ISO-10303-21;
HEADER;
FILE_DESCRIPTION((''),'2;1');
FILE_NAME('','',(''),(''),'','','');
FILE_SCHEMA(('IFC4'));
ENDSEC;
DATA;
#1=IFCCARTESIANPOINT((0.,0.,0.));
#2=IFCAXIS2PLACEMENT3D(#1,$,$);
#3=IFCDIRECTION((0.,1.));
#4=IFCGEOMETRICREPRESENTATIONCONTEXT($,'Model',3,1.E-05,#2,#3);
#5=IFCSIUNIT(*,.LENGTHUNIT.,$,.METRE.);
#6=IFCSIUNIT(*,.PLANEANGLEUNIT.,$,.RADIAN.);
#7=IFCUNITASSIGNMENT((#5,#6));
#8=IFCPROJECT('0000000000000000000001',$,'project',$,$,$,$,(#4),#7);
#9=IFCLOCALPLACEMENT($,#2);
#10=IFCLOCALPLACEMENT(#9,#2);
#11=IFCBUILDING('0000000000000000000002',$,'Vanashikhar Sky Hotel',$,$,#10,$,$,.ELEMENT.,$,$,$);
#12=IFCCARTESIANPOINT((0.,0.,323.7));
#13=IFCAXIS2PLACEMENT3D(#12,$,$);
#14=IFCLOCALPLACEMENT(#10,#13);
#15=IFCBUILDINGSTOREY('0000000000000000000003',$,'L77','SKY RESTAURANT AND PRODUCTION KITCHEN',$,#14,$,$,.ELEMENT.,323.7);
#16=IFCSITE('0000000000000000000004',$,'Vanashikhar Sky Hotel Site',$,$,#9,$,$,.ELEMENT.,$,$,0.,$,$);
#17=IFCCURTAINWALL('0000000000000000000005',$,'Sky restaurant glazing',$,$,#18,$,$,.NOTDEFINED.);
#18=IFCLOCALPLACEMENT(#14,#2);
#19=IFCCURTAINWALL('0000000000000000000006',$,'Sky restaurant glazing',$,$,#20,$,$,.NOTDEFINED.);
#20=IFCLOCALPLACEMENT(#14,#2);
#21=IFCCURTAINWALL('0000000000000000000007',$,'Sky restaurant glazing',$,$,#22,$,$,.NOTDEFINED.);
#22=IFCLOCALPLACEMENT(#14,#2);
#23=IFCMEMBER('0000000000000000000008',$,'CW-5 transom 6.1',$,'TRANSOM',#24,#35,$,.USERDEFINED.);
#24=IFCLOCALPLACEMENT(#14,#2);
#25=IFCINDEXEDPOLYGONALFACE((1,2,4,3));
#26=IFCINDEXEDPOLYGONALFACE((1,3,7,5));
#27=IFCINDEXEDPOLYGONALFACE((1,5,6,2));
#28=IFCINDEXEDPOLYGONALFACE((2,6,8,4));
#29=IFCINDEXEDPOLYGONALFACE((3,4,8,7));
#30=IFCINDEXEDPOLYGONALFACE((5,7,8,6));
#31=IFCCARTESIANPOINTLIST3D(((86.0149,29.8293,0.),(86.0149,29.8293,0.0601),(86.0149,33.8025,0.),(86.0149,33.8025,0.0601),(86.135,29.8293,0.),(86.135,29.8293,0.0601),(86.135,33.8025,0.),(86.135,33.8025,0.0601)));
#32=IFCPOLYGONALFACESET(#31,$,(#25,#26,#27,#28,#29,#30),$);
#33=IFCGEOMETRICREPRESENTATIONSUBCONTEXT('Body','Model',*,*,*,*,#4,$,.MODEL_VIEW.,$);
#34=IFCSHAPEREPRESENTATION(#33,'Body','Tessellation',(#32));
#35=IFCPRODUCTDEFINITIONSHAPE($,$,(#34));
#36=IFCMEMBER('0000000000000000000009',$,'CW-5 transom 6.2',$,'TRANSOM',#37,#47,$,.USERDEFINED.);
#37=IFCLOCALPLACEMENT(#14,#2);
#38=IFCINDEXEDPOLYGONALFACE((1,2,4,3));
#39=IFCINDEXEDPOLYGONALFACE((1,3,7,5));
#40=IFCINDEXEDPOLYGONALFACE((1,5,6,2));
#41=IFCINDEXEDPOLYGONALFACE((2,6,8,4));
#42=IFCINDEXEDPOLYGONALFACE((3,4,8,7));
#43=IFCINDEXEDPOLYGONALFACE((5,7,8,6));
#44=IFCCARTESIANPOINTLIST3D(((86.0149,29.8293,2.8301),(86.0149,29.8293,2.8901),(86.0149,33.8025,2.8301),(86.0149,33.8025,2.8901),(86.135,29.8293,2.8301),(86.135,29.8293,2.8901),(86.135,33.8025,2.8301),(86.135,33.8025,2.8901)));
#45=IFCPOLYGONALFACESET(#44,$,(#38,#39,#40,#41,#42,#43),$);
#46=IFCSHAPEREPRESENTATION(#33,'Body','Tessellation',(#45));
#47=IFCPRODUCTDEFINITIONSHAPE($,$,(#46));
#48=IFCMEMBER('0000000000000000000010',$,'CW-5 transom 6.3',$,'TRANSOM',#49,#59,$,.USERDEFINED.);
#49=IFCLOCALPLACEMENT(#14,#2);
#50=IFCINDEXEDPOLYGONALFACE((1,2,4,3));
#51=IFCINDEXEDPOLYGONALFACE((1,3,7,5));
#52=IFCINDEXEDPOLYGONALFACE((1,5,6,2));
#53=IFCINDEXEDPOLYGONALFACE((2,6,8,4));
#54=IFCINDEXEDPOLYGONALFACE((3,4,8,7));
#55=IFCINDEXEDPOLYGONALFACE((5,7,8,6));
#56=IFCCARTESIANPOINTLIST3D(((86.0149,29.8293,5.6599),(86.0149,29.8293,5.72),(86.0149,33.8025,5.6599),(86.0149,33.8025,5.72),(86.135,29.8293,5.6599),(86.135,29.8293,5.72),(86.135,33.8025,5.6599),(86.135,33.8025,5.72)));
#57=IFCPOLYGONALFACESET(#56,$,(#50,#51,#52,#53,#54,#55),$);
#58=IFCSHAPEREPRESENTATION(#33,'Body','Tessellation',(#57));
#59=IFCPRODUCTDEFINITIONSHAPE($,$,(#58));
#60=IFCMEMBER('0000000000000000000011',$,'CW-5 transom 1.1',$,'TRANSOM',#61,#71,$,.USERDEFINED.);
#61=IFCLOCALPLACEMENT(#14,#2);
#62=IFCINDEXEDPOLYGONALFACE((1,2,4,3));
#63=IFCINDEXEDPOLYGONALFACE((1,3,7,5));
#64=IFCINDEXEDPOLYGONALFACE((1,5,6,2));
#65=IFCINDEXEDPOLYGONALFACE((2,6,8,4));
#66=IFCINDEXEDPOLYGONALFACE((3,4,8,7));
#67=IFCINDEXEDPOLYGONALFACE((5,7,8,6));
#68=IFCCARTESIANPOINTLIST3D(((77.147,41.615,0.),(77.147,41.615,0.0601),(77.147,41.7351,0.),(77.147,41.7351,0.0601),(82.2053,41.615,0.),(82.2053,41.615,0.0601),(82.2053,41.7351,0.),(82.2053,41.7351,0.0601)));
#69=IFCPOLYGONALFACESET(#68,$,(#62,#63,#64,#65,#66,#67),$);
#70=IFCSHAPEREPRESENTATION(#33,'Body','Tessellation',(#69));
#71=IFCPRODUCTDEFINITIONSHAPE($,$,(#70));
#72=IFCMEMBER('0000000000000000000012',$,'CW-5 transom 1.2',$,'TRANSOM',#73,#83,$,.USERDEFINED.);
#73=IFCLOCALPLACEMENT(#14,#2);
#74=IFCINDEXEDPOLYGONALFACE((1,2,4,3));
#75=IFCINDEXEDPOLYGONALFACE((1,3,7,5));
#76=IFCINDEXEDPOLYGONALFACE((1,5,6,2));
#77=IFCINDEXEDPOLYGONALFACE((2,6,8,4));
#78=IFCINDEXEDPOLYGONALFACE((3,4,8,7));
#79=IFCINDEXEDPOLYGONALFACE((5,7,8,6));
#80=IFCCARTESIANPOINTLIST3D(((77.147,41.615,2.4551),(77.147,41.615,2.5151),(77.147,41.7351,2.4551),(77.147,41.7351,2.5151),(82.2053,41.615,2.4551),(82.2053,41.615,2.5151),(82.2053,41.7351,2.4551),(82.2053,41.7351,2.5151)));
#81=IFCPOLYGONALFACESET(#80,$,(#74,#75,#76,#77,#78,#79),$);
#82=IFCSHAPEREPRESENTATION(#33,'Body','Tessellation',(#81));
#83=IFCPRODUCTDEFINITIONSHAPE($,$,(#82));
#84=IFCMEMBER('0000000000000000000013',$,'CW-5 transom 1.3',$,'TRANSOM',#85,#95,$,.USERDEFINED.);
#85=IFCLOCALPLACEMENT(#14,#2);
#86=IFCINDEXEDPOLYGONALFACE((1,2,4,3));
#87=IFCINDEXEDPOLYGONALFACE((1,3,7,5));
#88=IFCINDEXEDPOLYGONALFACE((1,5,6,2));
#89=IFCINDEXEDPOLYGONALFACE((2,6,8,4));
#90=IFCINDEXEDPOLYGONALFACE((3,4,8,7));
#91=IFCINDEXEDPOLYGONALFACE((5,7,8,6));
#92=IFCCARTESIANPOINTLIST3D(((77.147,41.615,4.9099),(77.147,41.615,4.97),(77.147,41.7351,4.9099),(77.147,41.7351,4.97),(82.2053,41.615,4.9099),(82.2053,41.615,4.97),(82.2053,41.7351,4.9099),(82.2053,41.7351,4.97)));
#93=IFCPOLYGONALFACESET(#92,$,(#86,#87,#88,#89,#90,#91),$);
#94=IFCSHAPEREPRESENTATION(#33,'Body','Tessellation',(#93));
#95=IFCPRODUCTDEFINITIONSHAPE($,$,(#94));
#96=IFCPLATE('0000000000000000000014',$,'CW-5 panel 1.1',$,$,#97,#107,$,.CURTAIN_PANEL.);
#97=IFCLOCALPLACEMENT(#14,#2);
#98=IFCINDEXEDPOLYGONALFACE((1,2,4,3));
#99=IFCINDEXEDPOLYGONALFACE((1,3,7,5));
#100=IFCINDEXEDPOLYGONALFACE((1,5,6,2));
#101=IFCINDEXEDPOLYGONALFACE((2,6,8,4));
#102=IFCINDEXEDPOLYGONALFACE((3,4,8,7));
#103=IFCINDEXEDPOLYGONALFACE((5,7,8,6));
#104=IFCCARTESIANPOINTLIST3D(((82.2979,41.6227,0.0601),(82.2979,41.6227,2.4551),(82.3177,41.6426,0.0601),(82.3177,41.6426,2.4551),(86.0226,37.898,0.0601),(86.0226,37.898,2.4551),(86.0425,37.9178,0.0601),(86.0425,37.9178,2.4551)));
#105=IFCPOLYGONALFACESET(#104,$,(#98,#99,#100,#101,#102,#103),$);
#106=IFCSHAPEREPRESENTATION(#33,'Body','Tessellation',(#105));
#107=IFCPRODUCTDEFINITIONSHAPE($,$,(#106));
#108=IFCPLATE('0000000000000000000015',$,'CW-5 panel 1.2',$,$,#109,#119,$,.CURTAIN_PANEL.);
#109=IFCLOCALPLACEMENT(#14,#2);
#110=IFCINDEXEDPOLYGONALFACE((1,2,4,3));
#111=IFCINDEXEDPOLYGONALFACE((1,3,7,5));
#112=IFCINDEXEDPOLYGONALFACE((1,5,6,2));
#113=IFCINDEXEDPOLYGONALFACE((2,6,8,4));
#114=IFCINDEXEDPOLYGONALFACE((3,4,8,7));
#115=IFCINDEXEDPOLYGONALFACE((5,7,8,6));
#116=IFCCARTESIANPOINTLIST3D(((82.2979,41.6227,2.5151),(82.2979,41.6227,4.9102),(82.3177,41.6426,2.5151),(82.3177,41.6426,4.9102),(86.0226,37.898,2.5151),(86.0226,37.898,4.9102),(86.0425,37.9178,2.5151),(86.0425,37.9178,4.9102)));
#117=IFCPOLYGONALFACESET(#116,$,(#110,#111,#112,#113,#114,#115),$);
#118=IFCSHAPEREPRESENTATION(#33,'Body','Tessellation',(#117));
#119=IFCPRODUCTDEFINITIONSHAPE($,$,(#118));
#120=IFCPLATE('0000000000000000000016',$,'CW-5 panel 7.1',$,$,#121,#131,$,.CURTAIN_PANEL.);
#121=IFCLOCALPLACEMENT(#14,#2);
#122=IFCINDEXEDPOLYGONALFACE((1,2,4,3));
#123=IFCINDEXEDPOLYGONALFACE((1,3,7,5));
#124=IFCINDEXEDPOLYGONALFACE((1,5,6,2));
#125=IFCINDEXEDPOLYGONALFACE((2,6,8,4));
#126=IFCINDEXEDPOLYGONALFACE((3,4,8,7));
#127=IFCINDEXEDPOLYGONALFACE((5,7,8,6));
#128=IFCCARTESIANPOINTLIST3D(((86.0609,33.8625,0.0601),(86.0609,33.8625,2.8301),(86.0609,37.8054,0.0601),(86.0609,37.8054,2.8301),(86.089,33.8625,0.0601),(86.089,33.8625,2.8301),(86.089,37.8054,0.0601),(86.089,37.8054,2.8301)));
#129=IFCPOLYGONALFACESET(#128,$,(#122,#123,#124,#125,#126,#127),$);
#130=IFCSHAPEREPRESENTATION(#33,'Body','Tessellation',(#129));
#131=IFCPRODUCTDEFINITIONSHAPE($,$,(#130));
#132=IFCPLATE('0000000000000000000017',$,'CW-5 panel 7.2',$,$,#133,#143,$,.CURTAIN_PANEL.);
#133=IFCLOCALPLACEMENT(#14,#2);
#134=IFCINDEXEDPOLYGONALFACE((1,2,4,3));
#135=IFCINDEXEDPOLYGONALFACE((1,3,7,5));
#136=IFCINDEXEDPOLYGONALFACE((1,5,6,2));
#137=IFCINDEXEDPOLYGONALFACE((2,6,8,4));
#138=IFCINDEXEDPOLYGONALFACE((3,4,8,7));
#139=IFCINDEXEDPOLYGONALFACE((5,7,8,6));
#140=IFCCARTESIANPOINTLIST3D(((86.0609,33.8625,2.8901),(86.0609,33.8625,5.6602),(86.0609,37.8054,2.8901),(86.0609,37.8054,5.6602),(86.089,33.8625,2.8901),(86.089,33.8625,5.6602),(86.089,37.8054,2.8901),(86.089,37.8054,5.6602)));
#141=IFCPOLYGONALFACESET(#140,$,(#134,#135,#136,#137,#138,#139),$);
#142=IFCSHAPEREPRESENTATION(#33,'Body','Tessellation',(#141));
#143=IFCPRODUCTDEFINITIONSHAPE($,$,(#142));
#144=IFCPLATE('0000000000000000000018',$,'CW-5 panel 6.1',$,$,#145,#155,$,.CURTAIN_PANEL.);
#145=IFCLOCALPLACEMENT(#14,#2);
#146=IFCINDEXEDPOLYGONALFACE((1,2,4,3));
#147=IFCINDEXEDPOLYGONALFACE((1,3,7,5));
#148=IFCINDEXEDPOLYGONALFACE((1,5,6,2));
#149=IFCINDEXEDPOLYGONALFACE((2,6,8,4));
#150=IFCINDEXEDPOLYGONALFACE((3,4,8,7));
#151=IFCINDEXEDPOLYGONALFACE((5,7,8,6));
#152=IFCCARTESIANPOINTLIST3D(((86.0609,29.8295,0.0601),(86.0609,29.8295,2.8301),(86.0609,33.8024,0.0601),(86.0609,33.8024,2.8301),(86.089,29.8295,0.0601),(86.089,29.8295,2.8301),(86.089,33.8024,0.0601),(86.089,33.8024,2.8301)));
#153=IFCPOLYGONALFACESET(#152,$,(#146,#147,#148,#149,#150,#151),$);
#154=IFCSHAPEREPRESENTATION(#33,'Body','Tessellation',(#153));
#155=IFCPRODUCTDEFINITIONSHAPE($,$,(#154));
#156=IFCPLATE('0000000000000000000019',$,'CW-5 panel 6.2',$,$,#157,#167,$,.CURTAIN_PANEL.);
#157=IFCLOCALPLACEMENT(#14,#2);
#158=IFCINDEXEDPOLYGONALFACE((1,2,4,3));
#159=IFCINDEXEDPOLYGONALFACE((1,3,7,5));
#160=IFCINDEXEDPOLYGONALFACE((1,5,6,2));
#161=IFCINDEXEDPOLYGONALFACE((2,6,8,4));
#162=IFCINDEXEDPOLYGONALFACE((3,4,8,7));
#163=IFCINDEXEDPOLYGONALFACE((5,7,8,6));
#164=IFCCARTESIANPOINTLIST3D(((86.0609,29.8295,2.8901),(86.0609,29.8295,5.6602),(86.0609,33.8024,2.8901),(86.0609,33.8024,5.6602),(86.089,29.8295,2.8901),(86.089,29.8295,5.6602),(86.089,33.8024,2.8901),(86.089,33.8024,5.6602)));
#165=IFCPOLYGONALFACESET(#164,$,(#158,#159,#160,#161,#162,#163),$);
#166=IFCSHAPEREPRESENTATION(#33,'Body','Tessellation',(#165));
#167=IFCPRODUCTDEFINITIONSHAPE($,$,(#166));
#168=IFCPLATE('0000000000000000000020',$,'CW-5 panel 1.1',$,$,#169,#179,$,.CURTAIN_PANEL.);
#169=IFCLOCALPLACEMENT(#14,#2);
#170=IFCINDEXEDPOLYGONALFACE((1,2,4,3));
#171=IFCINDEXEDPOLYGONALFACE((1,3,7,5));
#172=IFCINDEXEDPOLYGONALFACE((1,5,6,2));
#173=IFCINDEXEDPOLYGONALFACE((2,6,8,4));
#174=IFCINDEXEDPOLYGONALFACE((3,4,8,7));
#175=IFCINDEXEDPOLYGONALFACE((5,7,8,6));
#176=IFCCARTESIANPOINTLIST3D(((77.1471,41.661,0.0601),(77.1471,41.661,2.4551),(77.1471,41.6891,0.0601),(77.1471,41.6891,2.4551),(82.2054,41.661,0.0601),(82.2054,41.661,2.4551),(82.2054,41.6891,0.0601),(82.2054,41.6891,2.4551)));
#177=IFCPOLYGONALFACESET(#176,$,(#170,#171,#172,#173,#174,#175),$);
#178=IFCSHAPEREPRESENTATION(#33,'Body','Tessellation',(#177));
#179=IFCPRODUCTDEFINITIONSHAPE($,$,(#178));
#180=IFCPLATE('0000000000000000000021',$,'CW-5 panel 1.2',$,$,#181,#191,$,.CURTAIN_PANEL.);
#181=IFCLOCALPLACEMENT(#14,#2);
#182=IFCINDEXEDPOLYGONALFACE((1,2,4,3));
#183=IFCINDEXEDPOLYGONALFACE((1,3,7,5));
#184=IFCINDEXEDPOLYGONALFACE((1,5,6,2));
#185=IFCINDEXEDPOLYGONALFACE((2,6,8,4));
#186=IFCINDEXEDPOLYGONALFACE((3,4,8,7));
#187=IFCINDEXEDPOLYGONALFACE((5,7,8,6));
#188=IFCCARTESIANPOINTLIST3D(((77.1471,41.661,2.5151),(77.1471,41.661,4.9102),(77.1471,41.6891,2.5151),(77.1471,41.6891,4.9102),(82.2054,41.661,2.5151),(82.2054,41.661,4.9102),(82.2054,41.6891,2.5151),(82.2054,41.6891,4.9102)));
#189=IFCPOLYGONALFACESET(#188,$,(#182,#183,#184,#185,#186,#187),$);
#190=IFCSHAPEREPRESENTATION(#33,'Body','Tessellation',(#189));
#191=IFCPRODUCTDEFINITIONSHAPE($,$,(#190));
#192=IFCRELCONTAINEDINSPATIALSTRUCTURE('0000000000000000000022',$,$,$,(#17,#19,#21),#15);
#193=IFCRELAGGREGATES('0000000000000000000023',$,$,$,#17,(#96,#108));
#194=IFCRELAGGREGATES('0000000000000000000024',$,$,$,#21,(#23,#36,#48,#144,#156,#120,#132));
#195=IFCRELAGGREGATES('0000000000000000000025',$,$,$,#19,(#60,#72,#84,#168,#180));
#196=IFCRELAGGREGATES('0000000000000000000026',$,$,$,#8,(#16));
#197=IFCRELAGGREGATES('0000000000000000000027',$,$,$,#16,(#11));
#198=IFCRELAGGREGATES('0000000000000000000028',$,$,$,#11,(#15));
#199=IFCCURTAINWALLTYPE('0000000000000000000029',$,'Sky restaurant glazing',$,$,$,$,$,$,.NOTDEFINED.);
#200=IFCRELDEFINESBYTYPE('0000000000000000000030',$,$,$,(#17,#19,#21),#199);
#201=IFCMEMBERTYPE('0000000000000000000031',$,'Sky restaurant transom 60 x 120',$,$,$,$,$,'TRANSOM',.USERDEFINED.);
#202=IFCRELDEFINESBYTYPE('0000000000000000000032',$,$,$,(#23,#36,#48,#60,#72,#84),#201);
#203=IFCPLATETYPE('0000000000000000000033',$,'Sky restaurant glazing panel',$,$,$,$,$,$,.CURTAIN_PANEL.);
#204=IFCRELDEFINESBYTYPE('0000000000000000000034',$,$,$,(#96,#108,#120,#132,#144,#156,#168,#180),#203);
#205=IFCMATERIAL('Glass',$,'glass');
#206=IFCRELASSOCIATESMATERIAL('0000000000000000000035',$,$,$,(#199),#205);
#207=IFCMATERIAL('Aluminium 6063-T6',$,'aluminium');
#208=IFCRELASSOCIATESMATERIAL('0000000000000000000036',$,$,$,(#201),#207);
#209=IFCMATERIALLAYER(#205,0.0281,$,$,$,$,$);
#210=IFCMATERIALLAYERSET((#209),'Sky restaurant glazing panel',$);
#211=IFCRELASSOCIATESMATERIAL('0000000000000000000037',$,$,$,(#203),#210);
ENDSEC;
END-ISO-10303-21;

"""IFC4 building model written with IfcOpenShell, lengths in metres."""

from ifc_helpers import new_model, si_unit, direction, frame, origin, origin_2d, place, context, subcontext, project, spatial, rectangle, extrude, source, transform, mapped, material, layer, layer_set, material_profile, profile_set, type_object, element, aggregate, save


model = new_model("IFC4")

# Units and contexts
model_context = context("Model", 3, precision=1e-05, world=origin(), true_north=direction((0.0, 1.0)))
body_context = subcontext(model_context, "Body", "Model", "MODEL_VIEW")
ifc_project = project(units=[si_unit("LENGTHUNIT", "METRE"), si_unit("PLANEANGLEUNIT", "RADIAN")], contexts=[model_context])

# Site, building, storey
site_placement = place(None, origin())
site = spatial("IfcSite", under=ifc_project, at=site_placement, Name="Vanashikhar Sky Hotel Site", CompositionType="ELEMENT", RefElevation=0.0)
building_placement = place(site_placement, origin())
building = spatial("IfcBuilding", under=site, at=building_placement, Name="Vanashikhar Sky Hotel", CompositionType="ELEMENT")
storey_placement = place(building_placement, frame((0.0, 0.0, 323.7)))
storey = spatial("IfcBuildingStorey", under=building, at=storey_placement, Name="L77", Description="SKY RESTAURANT AND PRODUCTION KITCHEN", CompositionType="ELEMENT", Elevation=323.7)

# Curtain walls
ifc_material_1 = material(Name="Glass", Category="glass")
curtain_wall_type = type_object("IfcCurtainWallType", Name="Sky restaurant glazing", PredefinedType="NOTDEFINED", material=ifc_material_1)
curtain_wall_1_placement = place(storey_placement, origin())
curtain_wall_1 = element("IfcCurtainWall", 1, at=curtain_wall_1_placement, inside=storey, type_object=curtain_wall_type, Name="Sky restaurant glazing", PredefinedType="NOTDEFINED")
ifc_material_2 = material(Name="Aluminium 6063-T6", Category="aluminium")
curtain_wall_2_placement = place(storey_placement, origin())
curtain_wall_2 = element("IfcCurtainWall", 2, at=curtain_wall_2_placement, inside=storey, type_object=curtain_wall_type, Name="Sky restaurant glazing", PredefinedType="NOTDEFINED")
curtain_wall_3_placement = place(storey_placement, origin())
curtain_wall_3 = element("IfcCurtainWall", 3, at=curtain_wall_3_placement, inside=storey, type_object=curtain_wall_type, Name="Sky restaurant glazing", PredefinedType="NOTDEFINED")

# Members
ifc_material_profile_1 = material_profile(ifc_material_2, rectangle(XDim=0.1201, YDim=0.0601, at=origin_2d()))
ifc_profile_set_1 = profile_set([ifc_material_profile_1], Name="Aluminium 6063-T6")
member_type_1 = type_object("IfcMemberType", Name="Sky restaurant transom 60 x 120", ElementType="TRANSOM", PredefinedType="USERDEFINED", material=ifc_profile_set_1)
shared_shape_1 = source(origin(), body_context, "Body", "SweptSolid", [
    extrude(rectangle(XDim=0.1201, YDim=0.0601, at=origin_2d()), origin(), (0.0, 0.0, 1.0), 3.9731),
])
member_1_placement = place(storey_placement, frame((86.075, 29.8293, 0.03), z_axis=(0.0, 1.0, 0.0), x_axis=(-1.0, 0.0, 0.0)))
member_1 = element("IfcMember", 4, at=member_1_placement, type_object=member_type_1, Name="CW-5 transom 6.1", ObjectType="TRANSOM", PredefinedType="USERDEFINED", context=body_context, shape_type="MappedRepresentation", body=[
    mapped(shared_shape_1, transform((0.0, 0.0, 0.0), scale=1.0)),
])
member_2_placement = place(storey_placement, frame((86.075, 29.8293, 2.8601), z_axis=(0.0, 1.0, 0.0), x_axis=(-1.0, 0.0, 0.0)))
member_2 = element("IfcMember", 5, at=member_2_placement, type_object=member_type_1, Name="CW-5 transom 6.2", ObjectType="TRANSOM", PredefinedType="USERDEFINED", context=body_context, shape_type="MappedRepresentation", body=[
    mapped(shared_shape_1, transform((0.0, 0.0, 0.0), scale=1.0)),
])
member_3_placement = place(storey_placement, frame((86.075, 29.8293, 5.6899), z_axis=(0.0, 1.0, 0.0), x_axis=(-1.0, 0.0, 0.0)))
member_3 = element("IfcMember", 6, at=member_3_placement, type_object=member_type_1, Name="CW-5 transom 6.3", ObjectType="TRANSOM", PredefinedType="USERDEFINED", context=body_context, shape_type="MappedRepresentation", body=[
    mapped(shared_shape_1, transform((0.0, 0.0, 0.0), scale=1.0)),
])
shared_shape_2 = source(origin(), body_context, "Body", "SweptSolid", [
    extrude(rectangle(XDim=0.1201, YDim=0.0601, at=origin_2d()), origin(), (0.0, 0.0, 1.0), 5.0583),
])
member_4_placement = place(storey_placement, frame((82.2053, 41.675, 0.03), z_axis=(-1.0, 0.0, 0.0), x_axis=(0.0, -1.0, 0.0)))
member_4 = element("IfcMember", 7, at=member_4_placement, type_object=member_type_1, Name="CW-5 transom 1.1", ObjectType="TRANSOM", PredefinedType="USERDEFINED", context=body_context, shape_type="MappedRepresentation", body=[
    mapped(shared_shape_2, transform((0.0, 0.0, 0.0), scale=1.0)),
])
member_5_placement = place(storey_placement, frame((82.2053, 41.675, 2.4851), z_axis=(-1.0, 0.0, 0.0), x_axis=(0.0, -1.0, 0.0)))
member_5 = element("IfcMember", 8, at=member_5_placement, type_object=member_type_1, Name="CW-5 transom 1.2", ObjectType="TRANSOM", PredefinedType="USERDEFINED", context=body_context, shape_type="MappedRepresentation", body=[
    mapped(shared_shape_2, transform((0.0, 0.0, 0.0), scale=1.0)),
])
member_6_placement = place(storey_placement, frame((82.2053, 41.675, 4.9399), z_axis=(-1.0, 0.0, 0.0), x_axis=(0.0, -1.0, 0.0)))
member_6 = element("IfcMember", 9, at=member_6_placement, type_object=member_type_1, Name="CW-5 transom 1.3", ObjectType="TRANSOM", PredefinedType="USERDEFINED", context=body_context, shape_type="MappedRepresentation", body=[
    mapped(shared_shape_2, transform((0.0, 0.0, 0.0), scale=1.0)),
])

# Plates
ifc_layer_1 = layer(ifc_material_1, 0.0281)
ifc_layer_set_1 = layer_set([ifc_layer_1], Name="Sky restaurant glazing panel")
plate_type = type_object("IfcPlateType", Name="Sky restaurant glazing panel", PredefinedType="CURTAIN_PANEL", material=ifc_layer_set_1)
shared_shape_3 = source(origin(), body_context, "Body", "SweptSolid", [
    extrude(rectangle(XDim=5.2676, YDim=0.0281, at=origin_2d()), origin(), (0.0, 0.0, 1.0), 2.395),
])
plate_1_placement = place(storey_placement, frame((84.1702, 39.7703, 0.0601), z_axis=(0.0, 0.0, 1.0), x_axis=(-0.707107, 0.707107, 0.0)))
plate_1 = element("IfcPlate", 10, at=plate_1_placement, type_object=plate_type, Name="CW-5 panel 1.1", PredefinedType="CURTAIN_PANEL", context=body_context, shape_type="MappedRepresentation", body=[
    mapped(shared_shape_3, transform((0.0, 0.0, 0.0), scale=1.0)),
])
plate_2_placement = place(storey_placement, frame((84.1702, 39.7703, 2.5151), z_axis=(0.0, 0.0, 1.0), x_axis=(-0.707107, 0.707107, 0.0)))
plate_2 = element("IfcPlate", 11, at=plate_2_placement, type_object=plate_type, Name="CW-5 panel 1.2", PredefinedType="CURTAIN_PANEL", context=body_context, shape_type="MappedRepresentation", body=[
    mapped(shared_shape_3, transform((0.0, 0.0, 0.0), scale=1.0)),
])
aggregate(curtain_wall_1, [plate_1, plate_2])
shared_shape_4 = source(origin(), body_context, "Body", "SweptSolid", [
    extrude(rectangle(XDim=3.9429, YDim=0.0281, at=origin_2d()), origin(), (0.0, 0.0, 1.0), 2.77),
])
plate_3_placement = place(storey_placement, frame((86.075, 35.834, 0.0601), z_axis=(0.0, 0.0, 1.0), x_axis=(0.0, 1.0, 0.0)))
plate_3 = element("IfcPlate", 12, at=plate_3_placement, type_object=plate_type, Name="CW-5 panel 7.1", PredefinedType="CURTAIN_PANEL", context=body_context, shape_type="MappedRepresentation", body=[
    mapped(shared_shape_4, transform((0.0, 0.0, 0.0), scale=1.0)),
])
plate_4_placement = place(storey_placement, frame((86.075, 35.834, 2.8901), z_axis=(0.0, 0.0, 1.0), x_axis=(0.0, 1.0, 0.0)))
plate_4 = element("IfcPlate", 13, at=plate_4_placement, type_object=plate_type, Name="CW-5 panel 7.2", PredefinedType="CURTAIN_PANEL", context=body_context, shape_type="MappedRepresentation", body=[
    mapped(shared_shape_4, transform((0.0, 0.0, 0.0), scale=1.0)),
])
shared_shape_5 = source(origin(), body_context, "Body", "SweptSolid", [
    extrude(rectangle(XDim=3.9729, YDim=0.0281, at=origin_2d()), origin(), (0.0, 0.0, 1.0), 2.77),
])
plate_5_placement = place(storey_placement, frame((86.075, 31.8159, 0.0601), z_axis=(0.0, 0.0, 1.0), x_axis=(0.0, 1.0, 0.0)))
plate_5 = element("IfcPlate", 14, at=plate_5_placement, type_object=plate_type, Name="CW-5 panel 6.1", PredefinedType="CURTAIN_PANEL", context=body_context, shape_type="MappedRepresentation", body=[
    mapped(shared_shape_5, transform((0.0, 0.0, 0.0), scale=1.0)),
])
plate_6_placement = place(storey_placement, frame((86.075, 31.8159, 2.8901), z_axis=(0.0, 0.0, 1.0), x_axis=(0.0, 1.0, 0.0)))
plate_6 = element("IfcPlate", 15, at=plate_6_placement, type_object=plate_type, Name="CW-5 panel 6.2", PredefinedType="CURTAIN_PANEL", context=body_context, shape_type="MappedRepresentation", body=[
    mapped(shared_shape_5, transform((0.0, 0.0, 0.0), scale=1.0)),
])
aggregate(curtain_wall_3, [member_1, member_2, member_3, plate_5, plate_6, plate_3, plate_4])
shared_shape_6 = source(origin(), body_context, "Body", "SweptSolid", [
    extrude(rectangle(XDim=5.0583, YDim=0.0281, at=origin_2d()), origin(), (0.0, 0.0, 1.0), 2.395),
])
plate_7_placement = place(storey_placement, frame((79.6763, 41.675, 0.0601), z_axis=(0.0, 0.0, 1.0), x_axis=(-1.0, 0.0, 0.0)))
plate_7 = element("IfcPlate", 16, at=plate_7_placement, type_object=plate_type, Name="CW-5 panel 1.1", PredefinedType="CURTAIN_PANEL", context=body_context, shape_type="MappedRepresentation", body=[
    mapped(shared_shape_6, transform((0.0, 0.0, 0.0), scale=1.0)),
])
plate_8_placement = place(storey_placement, frame((79.6763, 41.675, 2.5151), z_axis=(0.0, 0.0, 1.0), x_axis=(-1.0, 0.0, 0.0)))
plate_8 = element("IfcPlate", 17, at=plate_8_placement, type_object=plate_type, Name="CW-5 panel 1.2", PredefinedType="CURTAIN_PANEL", context=body_context, shape_type="MappedRepresentation", body=[
    mapped(shared_shape_6, transform((0.0, 0.0, 0.0), scale=1.0)),
])
aggregate(curtain_wall_2, [member_4, member_5, member_6, plate_7, plate_8])

save(model, "model.ifc")
